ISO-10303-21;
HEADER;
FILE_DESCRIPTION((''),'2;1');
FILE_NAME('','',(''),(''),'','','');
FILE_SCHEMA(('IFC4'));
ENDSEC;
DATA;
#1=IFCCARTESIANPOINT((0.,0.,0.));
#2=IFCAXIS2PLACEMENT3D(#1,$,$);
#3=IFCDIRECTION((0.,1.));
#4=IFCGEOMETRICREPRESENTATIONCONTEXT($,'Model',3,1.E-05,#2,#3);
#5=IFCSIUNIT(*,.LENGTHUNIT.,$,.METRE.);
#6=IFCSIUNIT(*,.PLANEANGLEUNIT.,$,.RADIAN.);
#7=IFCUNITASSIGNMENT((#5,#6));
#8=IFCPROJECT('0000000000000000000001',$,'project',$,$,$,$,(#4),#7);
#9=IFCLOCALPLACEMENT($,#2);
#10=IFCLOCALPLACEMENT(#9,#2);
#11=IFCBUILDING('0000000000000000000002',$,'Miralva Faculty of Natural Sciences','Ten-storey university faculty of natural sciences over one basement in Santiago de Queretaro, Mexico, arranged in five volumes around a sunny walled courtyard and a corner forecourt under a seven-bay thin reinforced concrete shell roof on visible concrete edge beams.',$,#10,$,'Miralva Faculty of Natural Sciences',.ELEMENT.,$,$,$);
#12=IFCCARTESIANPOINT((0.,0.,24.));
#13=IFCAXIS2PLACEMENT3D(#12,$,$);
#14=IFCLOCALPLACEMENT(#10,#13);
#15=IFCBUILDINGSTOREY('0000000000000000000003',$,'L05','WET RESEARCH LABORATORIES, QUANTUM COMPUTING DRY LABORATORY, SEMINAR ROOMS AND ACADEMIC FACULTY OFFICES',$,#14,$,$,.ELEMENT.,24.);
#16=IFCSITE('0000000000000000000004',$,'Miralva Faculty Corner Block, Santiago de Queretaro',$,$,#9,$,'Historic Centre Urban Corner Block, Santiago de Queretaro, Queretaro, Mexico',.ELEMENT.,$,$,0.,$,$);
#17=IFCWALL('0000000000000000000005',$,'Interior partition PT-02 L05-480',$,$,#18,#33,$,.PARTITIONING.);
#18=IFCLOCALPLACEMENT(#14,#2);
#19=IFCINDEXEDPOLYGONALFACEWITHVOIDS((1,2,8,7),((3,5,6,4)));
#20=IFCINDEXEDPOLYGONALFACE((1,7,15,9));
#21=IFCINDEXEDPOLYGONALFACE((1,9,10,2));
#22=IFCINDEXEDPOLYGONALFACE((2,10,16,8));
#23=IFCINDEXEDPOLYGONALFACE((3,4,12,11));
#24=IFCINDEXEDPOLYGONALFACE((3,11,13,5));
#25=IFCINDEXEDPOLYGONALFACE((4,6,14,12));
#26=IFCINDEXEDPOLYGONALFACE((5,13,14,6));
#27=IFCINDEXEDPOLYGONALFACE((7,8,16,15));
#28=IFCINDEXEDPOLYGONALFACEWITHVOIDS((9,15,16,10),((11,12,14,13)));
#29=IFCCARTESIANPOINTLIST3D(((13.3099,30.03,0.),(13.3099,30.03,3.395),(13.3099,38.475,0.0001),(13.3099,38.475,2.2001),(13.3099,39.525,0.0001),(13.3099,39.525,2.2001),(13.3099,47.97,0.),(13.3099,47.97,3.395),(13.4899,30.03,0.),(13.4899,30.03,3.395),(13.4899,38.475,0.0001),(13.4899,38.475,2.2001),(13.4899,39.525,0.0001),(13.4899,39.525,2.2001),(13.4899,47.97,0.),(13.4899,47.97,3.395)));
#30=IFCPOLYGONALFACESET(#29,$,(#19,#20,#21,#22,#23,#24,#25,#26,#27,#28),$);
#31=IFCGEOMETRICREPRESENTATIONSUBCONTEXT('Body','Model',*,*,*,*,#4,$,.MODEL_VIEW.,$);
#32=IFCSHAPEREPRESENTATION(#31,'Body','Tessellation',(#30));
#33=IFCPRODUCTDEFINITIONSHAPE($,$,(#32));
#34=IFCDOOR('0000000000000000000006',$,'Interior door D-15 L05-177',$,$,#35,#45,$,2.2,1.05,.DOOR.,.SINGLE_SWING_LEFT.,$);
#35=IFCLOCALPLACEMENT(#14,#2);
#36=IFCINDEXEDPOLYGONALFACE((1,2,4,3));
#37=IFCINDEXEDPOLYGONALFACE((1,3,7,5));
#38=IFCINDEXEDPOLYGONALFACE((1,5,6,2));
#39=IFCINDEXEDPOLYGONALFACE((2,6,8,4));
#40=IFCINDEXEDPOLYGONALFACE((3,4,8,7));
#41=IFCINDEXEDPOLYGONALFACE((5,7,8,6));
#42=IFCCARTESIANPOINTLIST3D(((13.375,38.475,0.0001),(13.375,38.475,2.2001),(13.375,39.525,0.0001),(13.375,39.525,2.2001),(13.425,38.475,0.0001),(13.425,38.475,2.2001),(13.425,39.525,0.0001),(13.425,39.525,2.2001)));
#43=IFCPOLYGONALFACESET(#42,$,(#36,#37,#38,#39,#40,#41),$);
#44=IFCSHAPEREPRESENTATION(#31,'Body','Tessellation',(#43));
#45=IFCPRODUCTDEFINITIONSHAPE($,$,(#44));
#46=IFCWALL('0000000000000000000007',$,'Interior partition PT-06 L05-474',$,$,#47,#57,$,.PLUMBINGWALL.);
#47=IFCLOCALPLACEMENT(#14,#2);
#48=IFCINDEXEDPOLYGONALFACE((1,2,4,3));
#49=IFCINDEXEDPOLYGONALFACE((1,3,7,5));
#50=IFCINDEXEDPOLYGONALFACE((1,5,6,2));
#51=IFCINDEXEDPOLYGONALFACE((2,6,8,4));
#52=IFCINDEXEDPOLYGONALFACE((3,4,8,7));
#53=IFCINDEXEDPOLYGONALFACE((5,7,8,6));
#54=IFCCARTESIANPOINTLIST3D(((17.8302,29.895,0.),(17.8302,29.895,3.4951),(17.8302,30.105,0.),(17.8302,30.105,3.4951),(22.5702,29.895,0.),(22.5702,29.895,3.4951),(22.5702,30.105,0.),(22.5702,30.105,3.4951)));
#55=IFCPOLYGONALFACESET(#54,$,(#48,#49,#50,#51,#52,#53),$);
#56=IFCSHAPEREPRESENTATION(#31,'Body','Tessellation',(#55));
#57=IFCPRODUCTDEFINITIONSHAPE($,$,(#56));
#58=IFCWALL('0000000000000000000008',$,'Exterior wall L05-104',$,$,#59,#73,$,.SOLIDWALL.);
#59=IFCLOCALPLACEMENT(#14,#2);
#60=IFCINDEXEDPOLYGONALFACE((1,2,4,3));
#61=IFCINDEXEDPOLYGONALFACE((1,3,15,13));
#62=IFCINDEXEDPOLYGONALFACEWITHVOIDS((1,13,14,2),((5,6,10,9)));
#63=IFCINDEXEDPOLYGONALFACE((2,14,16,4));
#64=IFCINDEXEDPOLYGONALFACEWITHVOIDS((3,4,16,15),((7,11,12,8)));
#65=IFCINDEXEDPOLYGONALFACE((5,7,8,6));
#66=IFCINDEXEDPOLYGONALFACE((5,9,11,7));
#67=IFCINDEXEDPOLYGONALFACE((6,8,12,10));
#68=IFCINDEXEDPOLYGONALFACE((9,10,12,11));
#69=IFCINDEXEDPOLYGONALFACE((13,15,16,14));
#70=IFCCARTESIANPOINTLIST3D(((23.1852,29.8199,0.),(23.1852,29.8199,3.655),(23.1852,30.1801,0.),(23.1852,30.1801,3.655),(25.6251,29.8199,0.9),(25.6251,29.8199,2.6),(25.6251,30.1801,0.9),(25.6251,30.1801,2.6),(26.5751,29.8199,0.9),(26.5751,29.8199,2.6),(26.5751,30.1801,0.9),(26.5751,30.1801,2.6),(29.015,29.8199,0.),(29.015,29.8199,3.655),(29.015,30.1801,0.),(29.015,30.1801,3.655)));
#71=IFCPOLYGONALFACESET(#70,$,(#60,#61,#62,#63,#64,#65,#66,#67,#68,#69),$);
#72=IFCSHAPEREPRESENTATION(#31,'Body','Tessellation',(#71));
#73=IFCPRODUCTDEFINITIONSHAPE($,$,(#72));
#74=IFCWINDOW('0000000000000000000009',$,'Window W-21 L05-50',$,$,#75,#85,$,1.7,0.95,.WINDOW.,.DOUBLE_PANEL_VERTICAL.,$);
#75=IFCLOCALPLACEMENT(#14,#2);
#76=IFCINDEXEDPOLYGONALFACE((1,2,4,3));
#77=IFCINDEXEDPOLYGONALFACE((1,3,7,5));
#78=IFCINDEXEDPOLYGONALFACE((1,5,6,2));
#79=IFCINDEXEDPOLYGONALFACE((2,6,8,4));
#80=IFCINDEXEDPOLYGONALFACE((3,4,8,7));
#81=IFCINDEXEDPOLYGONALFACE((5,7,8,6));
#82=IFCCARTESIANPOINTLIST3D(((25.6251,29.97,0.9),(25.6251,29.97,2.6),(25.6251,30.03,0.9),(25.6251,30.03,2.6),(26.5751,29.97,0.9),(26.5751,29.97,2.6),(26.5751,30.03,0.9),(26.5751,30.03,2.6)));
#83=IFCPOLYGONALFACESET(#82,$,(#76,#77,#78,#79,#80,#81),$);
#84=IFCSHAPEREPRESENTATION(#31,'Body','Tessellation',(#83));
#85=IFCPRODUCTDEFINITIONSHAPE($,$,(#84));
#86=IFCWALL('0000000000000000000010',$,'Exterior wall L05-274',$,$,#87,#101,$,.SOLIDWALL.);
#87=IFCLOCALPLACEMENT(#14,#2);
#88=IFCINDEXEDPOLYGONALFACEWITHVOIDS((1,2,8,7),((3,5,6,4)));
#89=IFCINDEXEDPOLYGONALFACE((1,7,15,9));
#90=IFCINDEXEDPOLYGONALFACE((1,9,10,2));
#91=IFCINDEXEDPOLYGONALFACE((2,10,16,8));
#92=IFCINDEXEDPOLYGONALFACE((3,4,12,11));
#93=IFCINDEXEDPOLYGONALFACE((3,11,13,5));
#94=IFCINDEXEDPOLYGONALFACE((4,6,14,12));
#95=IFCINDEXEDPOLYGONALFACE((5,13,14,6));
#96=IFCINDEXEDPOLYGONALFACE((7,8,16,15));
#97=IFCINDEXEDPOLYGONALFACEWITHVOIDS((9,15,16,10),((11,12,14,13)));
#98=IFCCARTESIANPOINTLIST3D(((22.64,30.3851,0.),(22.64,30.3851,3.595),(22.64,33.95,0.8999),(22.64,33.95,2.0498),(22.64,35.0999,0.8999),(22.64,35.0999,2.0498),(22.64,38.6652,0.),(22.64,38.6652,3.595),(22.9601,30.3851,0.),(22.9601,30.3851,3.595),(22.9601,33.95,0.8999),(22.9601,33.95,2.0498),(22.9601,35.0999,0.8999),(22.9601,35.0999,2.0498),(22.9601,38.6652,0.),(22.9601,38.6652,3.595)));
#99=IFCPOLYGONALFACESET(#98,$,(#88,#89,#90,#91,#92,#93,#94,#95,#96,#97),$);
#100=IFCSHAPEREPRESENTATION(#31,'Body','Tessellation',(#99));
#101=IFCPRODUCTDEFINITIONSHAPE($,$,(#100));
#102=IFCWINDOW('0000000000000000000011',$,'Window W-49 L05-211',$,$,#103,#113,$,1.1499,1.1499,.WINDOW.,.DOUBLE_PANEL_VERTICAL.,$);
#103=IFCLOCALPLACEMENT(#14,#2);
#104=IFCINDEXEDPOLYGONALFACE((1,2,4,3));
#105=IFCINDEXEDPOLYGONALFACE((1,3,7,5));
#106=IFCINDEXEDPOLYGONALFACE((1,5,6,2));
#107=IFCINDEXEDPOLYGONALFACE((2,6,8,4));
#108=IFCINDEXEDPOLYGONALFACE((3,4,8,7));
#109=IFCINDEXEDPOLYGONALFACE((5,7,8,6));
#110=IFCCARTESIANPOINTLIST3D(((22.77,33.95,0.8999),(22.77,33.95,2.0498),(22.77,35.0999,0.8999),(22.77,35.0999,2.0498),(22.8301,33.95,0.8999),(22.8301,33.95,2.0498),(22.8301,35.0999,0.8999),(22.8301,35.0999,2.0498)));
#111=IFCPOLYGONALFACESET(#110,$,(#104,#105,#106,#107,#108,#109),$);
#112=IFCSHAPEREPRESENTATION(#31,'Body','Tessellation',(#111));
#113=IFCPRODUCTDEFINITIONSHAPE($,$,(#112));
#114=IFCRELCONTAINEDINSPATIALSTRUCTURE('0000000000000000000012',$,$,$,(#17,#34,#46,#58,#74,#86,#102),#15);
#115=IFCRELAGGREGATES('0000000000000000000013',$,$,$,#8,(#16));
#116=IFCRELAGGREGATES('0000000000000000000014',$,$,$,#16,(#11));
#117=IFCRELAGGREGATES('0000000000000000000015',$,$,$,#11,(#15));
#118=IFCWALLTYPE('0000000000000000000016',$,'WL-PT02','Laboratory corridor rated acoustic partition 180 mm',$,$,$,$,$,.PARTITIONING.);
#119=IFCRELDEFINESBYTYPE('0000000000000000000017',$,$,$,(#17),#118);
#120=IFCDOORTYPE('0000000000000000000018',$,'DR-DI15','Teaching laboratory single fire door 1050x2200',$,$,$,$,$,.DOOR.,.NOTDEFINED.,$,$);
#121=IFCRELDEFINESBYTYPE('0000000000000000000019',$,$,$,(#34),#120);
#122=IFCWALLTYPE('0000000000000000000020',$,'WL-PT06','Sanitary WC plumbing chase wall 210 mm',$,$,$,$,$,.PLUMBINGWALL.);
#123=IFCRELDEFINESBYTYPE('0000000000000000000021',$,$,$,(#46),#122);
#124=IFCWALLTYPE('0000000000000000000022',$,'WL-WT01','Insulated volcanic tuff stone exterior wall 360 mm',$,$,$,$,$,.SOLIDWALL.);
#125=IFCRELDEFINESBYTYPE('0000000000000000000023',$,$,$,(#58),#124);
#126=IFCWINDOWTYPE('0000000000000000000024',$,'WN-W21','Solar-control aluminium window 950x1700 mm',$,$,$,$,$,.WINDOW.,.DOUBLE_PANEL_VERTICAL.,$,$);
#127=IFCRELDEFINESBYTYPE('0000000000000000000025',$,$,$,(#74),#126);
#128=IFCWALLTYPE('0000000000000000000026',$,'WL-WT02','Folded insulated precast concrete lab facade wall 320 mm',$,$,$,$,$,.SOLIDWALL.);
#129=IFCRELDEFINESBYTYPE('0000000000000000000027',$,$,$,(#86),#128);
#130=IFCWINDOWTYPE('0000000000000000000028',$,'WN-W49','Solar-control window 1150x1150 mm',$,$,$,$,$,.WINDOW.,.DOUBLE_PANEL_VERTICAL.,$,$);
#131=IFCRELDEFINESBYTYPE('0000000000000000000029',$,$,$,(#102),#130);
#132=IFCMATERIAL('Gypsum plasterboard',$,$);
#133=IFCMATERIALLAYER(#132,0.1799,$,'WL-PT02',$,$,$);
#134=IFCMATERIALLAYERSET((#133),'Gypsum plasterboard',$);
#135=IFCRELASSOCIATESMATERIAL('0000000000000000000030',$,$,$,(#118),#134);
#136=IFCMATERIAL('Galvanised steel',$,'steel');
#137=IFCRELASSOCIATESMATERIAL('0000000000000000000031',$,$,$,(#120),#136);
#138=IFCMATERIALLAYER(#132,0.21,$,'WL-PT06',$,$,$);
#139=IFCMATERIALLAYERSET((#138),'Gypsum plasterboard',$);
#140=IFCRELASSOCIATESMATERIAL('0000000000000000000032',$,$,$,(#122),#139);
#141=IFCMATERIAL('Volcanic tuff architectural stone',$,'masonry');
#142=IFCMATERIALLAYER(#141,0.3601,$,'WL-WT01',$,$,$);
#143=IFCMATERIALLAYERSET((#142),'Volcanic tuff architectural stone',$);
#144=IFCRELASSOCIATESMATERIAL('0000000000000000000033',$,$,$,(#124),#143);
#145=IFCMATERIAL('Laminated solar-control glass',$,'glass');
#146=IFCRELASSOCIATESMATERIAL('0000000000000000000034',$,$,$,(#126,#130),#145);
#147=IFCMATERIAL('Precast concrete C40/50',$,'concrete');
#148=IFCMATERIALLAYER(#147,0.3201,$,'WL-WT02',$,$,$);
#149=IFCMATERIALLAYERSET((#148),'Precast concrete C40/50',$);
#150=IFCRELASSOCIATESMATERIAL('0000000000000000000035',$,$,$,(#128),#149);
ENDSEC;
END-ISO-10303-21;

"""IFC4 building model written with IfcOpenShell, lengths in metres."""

from ifc_helpers import new_model, si_unit, direction, frame, frame_2d, origin, place, context, subcontext, project, spatial, rectangle, extrude, material, layer, layer_set, type_object, element, fill, save


model = new_model("IFC4")

# Units and contexts
model_context = context("Model", 3, precision=1e-05, world=origin(), true_north=direction((0.0, 1.0)))
body_context = subcontext(model_context, "Body", "Model", "MODEL_VIEW")
ifc_project = project(units=[si_unit("LENGTHUNIT", "METRE"), si_unit("PLANEANGLEUNIT", "RADIAN")], contexts=[model_context])

# Site, building, storey
site_placement = place(None, origin())
site = spatial("IfcSite", under=ifc_project, at=site_placement, Name="Miralva Faculty Corner Block, Santiago de Queretaro", LongName="Historic Centre Urban Corner Block, Santiago de Queretaro, Queretaro, Mexico", CompositionType="ELEMENT", RefElevation=0.0)
building_placement = place(site_placement, origin())
building = spatial("IfcBuilding", under=site, at=building_placement, Name="Miralva Faculty of Natural Sciences", Description="Ten-storey university faculty of natural sciences over one basement in Santiago de Queretaro, Mexico, arranged in five volumes around a sunny walled courtyard and a corner forecourt under a seven-bay thin reinforced concrete shell roof on visible concrete edge beams.", LongName="Miralva Faculty of Natural Sciences", CompositionType="ELEMENT")
storey_placement = place(building_placement, frame((0.0, 0.0, 24.0)))
storey = spatial("IfcBuildingStorey", under=building, at=storey_placement, Name="L05", Description="WET RESEARCH LABORATORIES, QUANTUM COMPUTING DRY LABORATORY, SEMINAR ROOMS AND ACADEMIC FACULTY OFFICES", CompositionType="ELEMENT", Elevation=24.0)

# Wall, opening, door
ifc_material_1 = material(Name="Gypsum plasterboard")
ifc_layer_1 = layer(ifc_material_1, 0.1799, Name="WL-PT02")
ifc_layer_set_1 = layer_set([ifc_layer_1], Name="Gypsum plasterboard")
wall_type_1 = type_object("IfcWallType", Name="WL-PT02", Description="Laboratory corridor rated acoustic partition 180 mm", PredefinedType="PARTITIONING", material=ifc_layer_set_1)
ifc_material_2 = material(Name="Galvanised steel", Category="steel")
door_type = type_object("IfcDoorType", Name="DR-DI15", Description="Teaching laboratory single fire door 1050x2200", OperationType="NOTDEFINED", PredefinedType="DOOR", material=ifc_material_2)
wall_1_placement = place(storey_placement, frame((13.3999, 30.03, 0.0), z_axis=(0.0, 0.0, 1.0), x_axis=(0.0, 1.0, 0.0)))
wall_1 = element("IfcWall", 1, at=wall_1_placement, inside=storey, type_object=wall_type_1, Name="Interior partition PT-02 L05-480", PredefinedType="PARTITIONING", context=body_context, shape_type="SweptSolid", body=[
    extrude(rectangle(XDim=17.9399, YDim=0.1799, at=frame_2d((8.97, 0.0))), origin(), (0.0, 0.0, 1.0), 3.395),
])
opening_1_placement = place(wall_1_placement, frame((8.4451, 0.0, 0.0)))
opening_1 = element("IfcOpeningElement", 2, at=opening_1_placement, cuts=wall_1, PredefinedType="OPENING", context=body_context, shape_type="SweptSolid", body=[
    extrude(rectangle(XDim=1.05, YDim=2.2, at=frame_2d((0.5249, 1.1001))), frame((0.0, 0.0999, 0.0), z_axis=(0.0, -1.0, 0.0), x_axis=(1.0, 0.0, 0.0)), (0.0, 0.0, 1.0), 0.2),
])
door_1_placement = place(opening_1_placement, origin())
door_1 = element("IfcDoor", 3, at=door_1_placement, inside=storey, type_object=door_type, Name="Interior door D-15 L05-177", OperationType="SINGLE_SWING_LEFT", OverallHeight=2.2, OverallWidth=1.05, PredefinedType="DOOR", context=body_context, shape_type="SweptSolid", body=[
    extrude(rectangle(XDim=1.05, YDim=2.2, at=frame_2d((0.5249, 1.1001))), frame((0.0, 0.0249, 0.0), z_axis=(0.0, -1.0, 0.0), x_axis=(1.0, 0.0, 0.0)), (0.0, 0.0, 1.0), 0.05),
])
fill(opening_1, door_1)

# Wall
ifc_layer_2 = layer(ifc_material_1, 0.21, Name="WL-PT06")
ifc_layer_set_2 = layer_set([ifc_layer_2], Name="Gypsum plasterboard")
wall_type_2 = type_object("IfcWallType", Name="WL-PT06", Description="Sanitary WC plumbing chase wall 210 mm", PredefinedType="PLUMBINGWALL", material=ifc_layer_set_2)
wall_2_placement = place(storey_placement, frame((17.8301, 30.0, 0.0), z_axis=(0.0, 0.0, 1.0), x_axis=(1.0, 0.0, 0.0)))
element("IfcWall", 4, at=wall_2_placement, inside=storey, type_object=wall_type_2, Name="Interior partition PT-06 L05-474", PredefinedType="PLUMBINGWALL", context=body_context, shape_type="SweptSolid", body=[
    extrude(rectangle(XDim=4.74, YDim=0.21, at=frame_2d((2.3701, 0.0))), origin(), (0.0, 0.0, 1.0), 3.4951),
])

# Walls, openings, windows
ifc_material_3 = material(Name="Volcanic tuff architectural stone", Category="masonry")
ifc_layer_3 = layer(ifc_material_3, 0.3601, Name="WL-WT01")
ifc_layer_set_3 = layer_set([ifc_layer_3], Name="Volcanic tuff architectural stone")
wall_type_3 = type_object("IfcWallType", Name="WL-WT01", Description="Insulated volcanic tuff stone exterior wall 360 mm", PredefinedType="SOLIDWALL", material=ifc_layer_set_3)
wall_3_placement = place(storey_placement, frame((23.1851, 30.0, 0.0), z_axis=(0.0, 0.0, 1.0), x_axis=(1.0, 0.0, 0.0)))
wall_3 = element("IfcWall", 5, at=wall_3_placement, inside=storey, type_object=wall_type_3, Name="Exterior wall L05-104", PredefinedType="SOLIDWALL", context=body_context, shape_type="SweptSolid", body=[
    extrude(rectangle(XDim=5.8298, YDim=0.3601, at=frame_2d((2.915, 0.0))), origin(), (0.0, 0.0, 1.0), 3.655),
])
opening_2_placement = place(wall_3_placement, frame((2.4399, 0.0, 0.8999)))
opening_2 = element("IfcOpeningElement", 6, at=opening_2_placement, cuts=wall_3, PredefinedType="OPENING", context=body_context, shape_type="SweptSolid", body=[
    extrude(rectangle(XDim=0.95, YDim=1.7, at=frame_2d((0.4751, 0.8501))), frame((0.0, 0.1899, 0.0), z_axis=(0.0, -1.0, 0.0), x_axis=(1.0, 0.0, 0.0)), (0.0, 0.0, 1.0), 0.3801),
])
ifc_material_4 = material(Name="Laminated solar-control glass", Category="glass")
window_type_1 = type_object("IfcWindowType", Name="WN-W21", Description="Solar-control aluminium window 950x1700 mm", PartitioningType="DOUBLE_PANEL_VERTICAL", PredefinedType="WINDOW", material=ifc_material_4)
window_1_placement = place(opening_2_placement, origin())
window_1 = element("IfcWindow", 7, at=window_1_placement, inside=storey, type_object=window_type_1, Name="Window W-21 L05-50", OverallHeight=1.7, OverallWidth=0.95, PartitioningType="DOUBLE_PANEL_VERTICAL", PredefinedType="WINDOW", context=body_context, shape_type="SweptSolid", body=[
    extrude(rectangle(XDim=0.95, YDim=1.7, at=frame_2d((0.4751, 0.8501))), frame((0.0, 0.03, 0.0), z_axis=(0.0, -1.0, 0.0), x_axis=(1.0, 0.0, 0.0)), (0.0, 0.0, 1.0), 0.0601),
])
fill(opening_2, window_1)
ifc_material_5 = material(Name="Precast concrete C40/50", Category="concrete")
ifc_layer_4 = layer(ifc_material_5, 0.3201, Name="WL-WT02")
ifc_layer_set_4 = layer_set([ifc_layer_4], Name="Precast concrete C40/50")
wall_type_4 = type_object("IfcWallType", Name="WL-WT02", Description="Folded insulated precast concrete lab facade wall 320 mm", PredefinedType="SOLIDWALL", material=ifc_layer_set_4)
wall_4_placement = place(storey_placement, frame((22.8, 30.385, 0.0), z_axis=(0.0, 0.0, 1.0), x_axis=(0.0, 1.0, 0.0)))
wall_4 = element("IfcWall", 8, at=wall_4_placement, inside=storey, type_object=wall_type_4, Name="Exterior wall L05-274", PredefinedType="SOLIDWALL", context=body_context, shape_type="SweptSolid", body=[
    extrude(rectangle(XDim=8.28, YDim=0.3201, at=frame_2d((4.1401, 0.0))), origin(), (0.0, 0.0, 1.0), 3.595),
])
opening_3_placement = place(wall_4_placement, frame((3.5649, 0.0, 0.8999)))
opening_3 = element("IfcOpeningElement", 9, at=opening_3_placement, cuts=wall_4, PredefinedType="OPENING", context=body_context, shape_type="SweptSolid", body=[
    extrude(rectangle(XDim=1.1499, YDim=1.1499, at=frame_2d((0.575, 0.575))), frame((0.0, 0.1699, 0.0), z_axis=(0.0, -1.0, 0.0), x_axis=(1.0, 0.0, 0.0)), (0.0, 0.0, 1.0), 0.3401),
])
window_type_2 = type_object("IfcWindowType", Name="WN-W49", Description="Solar-control window 1150x1150 mm", PartitioningType="DOUBLE_PANEL_VERTICAL", PredefinedType="WINDOW", material=ifc_material_4)
window_2_placement = place(opening_3_placement, frame((1.1499, 0.0, 0.0), z_axis=(0.0, 0.0, 1.0), x_axis=(-1.0, 0.0, 0.0)))
window_2 = element("IfcWindow", 10, at=window_2_placement, inside=storey, type_object=window_type_2, Name="Window W-49 L05-211", OverallHeight=1.1499, OverallWidth=1.1499, PartitioningType="DOUBLE_PANEL_VERTICAL", PredefinedType="WINDOW", context=body_context, shape_type="SweptSolid", body=[
    extrude(rectangle(XDim=1.1499, YDim=1.1499, at=frame_2d((0.575, 0.575))), frame((0.0, 0.03, 0.0), z_axis=(0.0, -1.0, 0.0), x_axis=(1.0, 0.0, 0.0)), (0.0, 0.0, 1.0), 0.0601),
])
fill(opening_3, window_2)

save(model, "model.ifc")
